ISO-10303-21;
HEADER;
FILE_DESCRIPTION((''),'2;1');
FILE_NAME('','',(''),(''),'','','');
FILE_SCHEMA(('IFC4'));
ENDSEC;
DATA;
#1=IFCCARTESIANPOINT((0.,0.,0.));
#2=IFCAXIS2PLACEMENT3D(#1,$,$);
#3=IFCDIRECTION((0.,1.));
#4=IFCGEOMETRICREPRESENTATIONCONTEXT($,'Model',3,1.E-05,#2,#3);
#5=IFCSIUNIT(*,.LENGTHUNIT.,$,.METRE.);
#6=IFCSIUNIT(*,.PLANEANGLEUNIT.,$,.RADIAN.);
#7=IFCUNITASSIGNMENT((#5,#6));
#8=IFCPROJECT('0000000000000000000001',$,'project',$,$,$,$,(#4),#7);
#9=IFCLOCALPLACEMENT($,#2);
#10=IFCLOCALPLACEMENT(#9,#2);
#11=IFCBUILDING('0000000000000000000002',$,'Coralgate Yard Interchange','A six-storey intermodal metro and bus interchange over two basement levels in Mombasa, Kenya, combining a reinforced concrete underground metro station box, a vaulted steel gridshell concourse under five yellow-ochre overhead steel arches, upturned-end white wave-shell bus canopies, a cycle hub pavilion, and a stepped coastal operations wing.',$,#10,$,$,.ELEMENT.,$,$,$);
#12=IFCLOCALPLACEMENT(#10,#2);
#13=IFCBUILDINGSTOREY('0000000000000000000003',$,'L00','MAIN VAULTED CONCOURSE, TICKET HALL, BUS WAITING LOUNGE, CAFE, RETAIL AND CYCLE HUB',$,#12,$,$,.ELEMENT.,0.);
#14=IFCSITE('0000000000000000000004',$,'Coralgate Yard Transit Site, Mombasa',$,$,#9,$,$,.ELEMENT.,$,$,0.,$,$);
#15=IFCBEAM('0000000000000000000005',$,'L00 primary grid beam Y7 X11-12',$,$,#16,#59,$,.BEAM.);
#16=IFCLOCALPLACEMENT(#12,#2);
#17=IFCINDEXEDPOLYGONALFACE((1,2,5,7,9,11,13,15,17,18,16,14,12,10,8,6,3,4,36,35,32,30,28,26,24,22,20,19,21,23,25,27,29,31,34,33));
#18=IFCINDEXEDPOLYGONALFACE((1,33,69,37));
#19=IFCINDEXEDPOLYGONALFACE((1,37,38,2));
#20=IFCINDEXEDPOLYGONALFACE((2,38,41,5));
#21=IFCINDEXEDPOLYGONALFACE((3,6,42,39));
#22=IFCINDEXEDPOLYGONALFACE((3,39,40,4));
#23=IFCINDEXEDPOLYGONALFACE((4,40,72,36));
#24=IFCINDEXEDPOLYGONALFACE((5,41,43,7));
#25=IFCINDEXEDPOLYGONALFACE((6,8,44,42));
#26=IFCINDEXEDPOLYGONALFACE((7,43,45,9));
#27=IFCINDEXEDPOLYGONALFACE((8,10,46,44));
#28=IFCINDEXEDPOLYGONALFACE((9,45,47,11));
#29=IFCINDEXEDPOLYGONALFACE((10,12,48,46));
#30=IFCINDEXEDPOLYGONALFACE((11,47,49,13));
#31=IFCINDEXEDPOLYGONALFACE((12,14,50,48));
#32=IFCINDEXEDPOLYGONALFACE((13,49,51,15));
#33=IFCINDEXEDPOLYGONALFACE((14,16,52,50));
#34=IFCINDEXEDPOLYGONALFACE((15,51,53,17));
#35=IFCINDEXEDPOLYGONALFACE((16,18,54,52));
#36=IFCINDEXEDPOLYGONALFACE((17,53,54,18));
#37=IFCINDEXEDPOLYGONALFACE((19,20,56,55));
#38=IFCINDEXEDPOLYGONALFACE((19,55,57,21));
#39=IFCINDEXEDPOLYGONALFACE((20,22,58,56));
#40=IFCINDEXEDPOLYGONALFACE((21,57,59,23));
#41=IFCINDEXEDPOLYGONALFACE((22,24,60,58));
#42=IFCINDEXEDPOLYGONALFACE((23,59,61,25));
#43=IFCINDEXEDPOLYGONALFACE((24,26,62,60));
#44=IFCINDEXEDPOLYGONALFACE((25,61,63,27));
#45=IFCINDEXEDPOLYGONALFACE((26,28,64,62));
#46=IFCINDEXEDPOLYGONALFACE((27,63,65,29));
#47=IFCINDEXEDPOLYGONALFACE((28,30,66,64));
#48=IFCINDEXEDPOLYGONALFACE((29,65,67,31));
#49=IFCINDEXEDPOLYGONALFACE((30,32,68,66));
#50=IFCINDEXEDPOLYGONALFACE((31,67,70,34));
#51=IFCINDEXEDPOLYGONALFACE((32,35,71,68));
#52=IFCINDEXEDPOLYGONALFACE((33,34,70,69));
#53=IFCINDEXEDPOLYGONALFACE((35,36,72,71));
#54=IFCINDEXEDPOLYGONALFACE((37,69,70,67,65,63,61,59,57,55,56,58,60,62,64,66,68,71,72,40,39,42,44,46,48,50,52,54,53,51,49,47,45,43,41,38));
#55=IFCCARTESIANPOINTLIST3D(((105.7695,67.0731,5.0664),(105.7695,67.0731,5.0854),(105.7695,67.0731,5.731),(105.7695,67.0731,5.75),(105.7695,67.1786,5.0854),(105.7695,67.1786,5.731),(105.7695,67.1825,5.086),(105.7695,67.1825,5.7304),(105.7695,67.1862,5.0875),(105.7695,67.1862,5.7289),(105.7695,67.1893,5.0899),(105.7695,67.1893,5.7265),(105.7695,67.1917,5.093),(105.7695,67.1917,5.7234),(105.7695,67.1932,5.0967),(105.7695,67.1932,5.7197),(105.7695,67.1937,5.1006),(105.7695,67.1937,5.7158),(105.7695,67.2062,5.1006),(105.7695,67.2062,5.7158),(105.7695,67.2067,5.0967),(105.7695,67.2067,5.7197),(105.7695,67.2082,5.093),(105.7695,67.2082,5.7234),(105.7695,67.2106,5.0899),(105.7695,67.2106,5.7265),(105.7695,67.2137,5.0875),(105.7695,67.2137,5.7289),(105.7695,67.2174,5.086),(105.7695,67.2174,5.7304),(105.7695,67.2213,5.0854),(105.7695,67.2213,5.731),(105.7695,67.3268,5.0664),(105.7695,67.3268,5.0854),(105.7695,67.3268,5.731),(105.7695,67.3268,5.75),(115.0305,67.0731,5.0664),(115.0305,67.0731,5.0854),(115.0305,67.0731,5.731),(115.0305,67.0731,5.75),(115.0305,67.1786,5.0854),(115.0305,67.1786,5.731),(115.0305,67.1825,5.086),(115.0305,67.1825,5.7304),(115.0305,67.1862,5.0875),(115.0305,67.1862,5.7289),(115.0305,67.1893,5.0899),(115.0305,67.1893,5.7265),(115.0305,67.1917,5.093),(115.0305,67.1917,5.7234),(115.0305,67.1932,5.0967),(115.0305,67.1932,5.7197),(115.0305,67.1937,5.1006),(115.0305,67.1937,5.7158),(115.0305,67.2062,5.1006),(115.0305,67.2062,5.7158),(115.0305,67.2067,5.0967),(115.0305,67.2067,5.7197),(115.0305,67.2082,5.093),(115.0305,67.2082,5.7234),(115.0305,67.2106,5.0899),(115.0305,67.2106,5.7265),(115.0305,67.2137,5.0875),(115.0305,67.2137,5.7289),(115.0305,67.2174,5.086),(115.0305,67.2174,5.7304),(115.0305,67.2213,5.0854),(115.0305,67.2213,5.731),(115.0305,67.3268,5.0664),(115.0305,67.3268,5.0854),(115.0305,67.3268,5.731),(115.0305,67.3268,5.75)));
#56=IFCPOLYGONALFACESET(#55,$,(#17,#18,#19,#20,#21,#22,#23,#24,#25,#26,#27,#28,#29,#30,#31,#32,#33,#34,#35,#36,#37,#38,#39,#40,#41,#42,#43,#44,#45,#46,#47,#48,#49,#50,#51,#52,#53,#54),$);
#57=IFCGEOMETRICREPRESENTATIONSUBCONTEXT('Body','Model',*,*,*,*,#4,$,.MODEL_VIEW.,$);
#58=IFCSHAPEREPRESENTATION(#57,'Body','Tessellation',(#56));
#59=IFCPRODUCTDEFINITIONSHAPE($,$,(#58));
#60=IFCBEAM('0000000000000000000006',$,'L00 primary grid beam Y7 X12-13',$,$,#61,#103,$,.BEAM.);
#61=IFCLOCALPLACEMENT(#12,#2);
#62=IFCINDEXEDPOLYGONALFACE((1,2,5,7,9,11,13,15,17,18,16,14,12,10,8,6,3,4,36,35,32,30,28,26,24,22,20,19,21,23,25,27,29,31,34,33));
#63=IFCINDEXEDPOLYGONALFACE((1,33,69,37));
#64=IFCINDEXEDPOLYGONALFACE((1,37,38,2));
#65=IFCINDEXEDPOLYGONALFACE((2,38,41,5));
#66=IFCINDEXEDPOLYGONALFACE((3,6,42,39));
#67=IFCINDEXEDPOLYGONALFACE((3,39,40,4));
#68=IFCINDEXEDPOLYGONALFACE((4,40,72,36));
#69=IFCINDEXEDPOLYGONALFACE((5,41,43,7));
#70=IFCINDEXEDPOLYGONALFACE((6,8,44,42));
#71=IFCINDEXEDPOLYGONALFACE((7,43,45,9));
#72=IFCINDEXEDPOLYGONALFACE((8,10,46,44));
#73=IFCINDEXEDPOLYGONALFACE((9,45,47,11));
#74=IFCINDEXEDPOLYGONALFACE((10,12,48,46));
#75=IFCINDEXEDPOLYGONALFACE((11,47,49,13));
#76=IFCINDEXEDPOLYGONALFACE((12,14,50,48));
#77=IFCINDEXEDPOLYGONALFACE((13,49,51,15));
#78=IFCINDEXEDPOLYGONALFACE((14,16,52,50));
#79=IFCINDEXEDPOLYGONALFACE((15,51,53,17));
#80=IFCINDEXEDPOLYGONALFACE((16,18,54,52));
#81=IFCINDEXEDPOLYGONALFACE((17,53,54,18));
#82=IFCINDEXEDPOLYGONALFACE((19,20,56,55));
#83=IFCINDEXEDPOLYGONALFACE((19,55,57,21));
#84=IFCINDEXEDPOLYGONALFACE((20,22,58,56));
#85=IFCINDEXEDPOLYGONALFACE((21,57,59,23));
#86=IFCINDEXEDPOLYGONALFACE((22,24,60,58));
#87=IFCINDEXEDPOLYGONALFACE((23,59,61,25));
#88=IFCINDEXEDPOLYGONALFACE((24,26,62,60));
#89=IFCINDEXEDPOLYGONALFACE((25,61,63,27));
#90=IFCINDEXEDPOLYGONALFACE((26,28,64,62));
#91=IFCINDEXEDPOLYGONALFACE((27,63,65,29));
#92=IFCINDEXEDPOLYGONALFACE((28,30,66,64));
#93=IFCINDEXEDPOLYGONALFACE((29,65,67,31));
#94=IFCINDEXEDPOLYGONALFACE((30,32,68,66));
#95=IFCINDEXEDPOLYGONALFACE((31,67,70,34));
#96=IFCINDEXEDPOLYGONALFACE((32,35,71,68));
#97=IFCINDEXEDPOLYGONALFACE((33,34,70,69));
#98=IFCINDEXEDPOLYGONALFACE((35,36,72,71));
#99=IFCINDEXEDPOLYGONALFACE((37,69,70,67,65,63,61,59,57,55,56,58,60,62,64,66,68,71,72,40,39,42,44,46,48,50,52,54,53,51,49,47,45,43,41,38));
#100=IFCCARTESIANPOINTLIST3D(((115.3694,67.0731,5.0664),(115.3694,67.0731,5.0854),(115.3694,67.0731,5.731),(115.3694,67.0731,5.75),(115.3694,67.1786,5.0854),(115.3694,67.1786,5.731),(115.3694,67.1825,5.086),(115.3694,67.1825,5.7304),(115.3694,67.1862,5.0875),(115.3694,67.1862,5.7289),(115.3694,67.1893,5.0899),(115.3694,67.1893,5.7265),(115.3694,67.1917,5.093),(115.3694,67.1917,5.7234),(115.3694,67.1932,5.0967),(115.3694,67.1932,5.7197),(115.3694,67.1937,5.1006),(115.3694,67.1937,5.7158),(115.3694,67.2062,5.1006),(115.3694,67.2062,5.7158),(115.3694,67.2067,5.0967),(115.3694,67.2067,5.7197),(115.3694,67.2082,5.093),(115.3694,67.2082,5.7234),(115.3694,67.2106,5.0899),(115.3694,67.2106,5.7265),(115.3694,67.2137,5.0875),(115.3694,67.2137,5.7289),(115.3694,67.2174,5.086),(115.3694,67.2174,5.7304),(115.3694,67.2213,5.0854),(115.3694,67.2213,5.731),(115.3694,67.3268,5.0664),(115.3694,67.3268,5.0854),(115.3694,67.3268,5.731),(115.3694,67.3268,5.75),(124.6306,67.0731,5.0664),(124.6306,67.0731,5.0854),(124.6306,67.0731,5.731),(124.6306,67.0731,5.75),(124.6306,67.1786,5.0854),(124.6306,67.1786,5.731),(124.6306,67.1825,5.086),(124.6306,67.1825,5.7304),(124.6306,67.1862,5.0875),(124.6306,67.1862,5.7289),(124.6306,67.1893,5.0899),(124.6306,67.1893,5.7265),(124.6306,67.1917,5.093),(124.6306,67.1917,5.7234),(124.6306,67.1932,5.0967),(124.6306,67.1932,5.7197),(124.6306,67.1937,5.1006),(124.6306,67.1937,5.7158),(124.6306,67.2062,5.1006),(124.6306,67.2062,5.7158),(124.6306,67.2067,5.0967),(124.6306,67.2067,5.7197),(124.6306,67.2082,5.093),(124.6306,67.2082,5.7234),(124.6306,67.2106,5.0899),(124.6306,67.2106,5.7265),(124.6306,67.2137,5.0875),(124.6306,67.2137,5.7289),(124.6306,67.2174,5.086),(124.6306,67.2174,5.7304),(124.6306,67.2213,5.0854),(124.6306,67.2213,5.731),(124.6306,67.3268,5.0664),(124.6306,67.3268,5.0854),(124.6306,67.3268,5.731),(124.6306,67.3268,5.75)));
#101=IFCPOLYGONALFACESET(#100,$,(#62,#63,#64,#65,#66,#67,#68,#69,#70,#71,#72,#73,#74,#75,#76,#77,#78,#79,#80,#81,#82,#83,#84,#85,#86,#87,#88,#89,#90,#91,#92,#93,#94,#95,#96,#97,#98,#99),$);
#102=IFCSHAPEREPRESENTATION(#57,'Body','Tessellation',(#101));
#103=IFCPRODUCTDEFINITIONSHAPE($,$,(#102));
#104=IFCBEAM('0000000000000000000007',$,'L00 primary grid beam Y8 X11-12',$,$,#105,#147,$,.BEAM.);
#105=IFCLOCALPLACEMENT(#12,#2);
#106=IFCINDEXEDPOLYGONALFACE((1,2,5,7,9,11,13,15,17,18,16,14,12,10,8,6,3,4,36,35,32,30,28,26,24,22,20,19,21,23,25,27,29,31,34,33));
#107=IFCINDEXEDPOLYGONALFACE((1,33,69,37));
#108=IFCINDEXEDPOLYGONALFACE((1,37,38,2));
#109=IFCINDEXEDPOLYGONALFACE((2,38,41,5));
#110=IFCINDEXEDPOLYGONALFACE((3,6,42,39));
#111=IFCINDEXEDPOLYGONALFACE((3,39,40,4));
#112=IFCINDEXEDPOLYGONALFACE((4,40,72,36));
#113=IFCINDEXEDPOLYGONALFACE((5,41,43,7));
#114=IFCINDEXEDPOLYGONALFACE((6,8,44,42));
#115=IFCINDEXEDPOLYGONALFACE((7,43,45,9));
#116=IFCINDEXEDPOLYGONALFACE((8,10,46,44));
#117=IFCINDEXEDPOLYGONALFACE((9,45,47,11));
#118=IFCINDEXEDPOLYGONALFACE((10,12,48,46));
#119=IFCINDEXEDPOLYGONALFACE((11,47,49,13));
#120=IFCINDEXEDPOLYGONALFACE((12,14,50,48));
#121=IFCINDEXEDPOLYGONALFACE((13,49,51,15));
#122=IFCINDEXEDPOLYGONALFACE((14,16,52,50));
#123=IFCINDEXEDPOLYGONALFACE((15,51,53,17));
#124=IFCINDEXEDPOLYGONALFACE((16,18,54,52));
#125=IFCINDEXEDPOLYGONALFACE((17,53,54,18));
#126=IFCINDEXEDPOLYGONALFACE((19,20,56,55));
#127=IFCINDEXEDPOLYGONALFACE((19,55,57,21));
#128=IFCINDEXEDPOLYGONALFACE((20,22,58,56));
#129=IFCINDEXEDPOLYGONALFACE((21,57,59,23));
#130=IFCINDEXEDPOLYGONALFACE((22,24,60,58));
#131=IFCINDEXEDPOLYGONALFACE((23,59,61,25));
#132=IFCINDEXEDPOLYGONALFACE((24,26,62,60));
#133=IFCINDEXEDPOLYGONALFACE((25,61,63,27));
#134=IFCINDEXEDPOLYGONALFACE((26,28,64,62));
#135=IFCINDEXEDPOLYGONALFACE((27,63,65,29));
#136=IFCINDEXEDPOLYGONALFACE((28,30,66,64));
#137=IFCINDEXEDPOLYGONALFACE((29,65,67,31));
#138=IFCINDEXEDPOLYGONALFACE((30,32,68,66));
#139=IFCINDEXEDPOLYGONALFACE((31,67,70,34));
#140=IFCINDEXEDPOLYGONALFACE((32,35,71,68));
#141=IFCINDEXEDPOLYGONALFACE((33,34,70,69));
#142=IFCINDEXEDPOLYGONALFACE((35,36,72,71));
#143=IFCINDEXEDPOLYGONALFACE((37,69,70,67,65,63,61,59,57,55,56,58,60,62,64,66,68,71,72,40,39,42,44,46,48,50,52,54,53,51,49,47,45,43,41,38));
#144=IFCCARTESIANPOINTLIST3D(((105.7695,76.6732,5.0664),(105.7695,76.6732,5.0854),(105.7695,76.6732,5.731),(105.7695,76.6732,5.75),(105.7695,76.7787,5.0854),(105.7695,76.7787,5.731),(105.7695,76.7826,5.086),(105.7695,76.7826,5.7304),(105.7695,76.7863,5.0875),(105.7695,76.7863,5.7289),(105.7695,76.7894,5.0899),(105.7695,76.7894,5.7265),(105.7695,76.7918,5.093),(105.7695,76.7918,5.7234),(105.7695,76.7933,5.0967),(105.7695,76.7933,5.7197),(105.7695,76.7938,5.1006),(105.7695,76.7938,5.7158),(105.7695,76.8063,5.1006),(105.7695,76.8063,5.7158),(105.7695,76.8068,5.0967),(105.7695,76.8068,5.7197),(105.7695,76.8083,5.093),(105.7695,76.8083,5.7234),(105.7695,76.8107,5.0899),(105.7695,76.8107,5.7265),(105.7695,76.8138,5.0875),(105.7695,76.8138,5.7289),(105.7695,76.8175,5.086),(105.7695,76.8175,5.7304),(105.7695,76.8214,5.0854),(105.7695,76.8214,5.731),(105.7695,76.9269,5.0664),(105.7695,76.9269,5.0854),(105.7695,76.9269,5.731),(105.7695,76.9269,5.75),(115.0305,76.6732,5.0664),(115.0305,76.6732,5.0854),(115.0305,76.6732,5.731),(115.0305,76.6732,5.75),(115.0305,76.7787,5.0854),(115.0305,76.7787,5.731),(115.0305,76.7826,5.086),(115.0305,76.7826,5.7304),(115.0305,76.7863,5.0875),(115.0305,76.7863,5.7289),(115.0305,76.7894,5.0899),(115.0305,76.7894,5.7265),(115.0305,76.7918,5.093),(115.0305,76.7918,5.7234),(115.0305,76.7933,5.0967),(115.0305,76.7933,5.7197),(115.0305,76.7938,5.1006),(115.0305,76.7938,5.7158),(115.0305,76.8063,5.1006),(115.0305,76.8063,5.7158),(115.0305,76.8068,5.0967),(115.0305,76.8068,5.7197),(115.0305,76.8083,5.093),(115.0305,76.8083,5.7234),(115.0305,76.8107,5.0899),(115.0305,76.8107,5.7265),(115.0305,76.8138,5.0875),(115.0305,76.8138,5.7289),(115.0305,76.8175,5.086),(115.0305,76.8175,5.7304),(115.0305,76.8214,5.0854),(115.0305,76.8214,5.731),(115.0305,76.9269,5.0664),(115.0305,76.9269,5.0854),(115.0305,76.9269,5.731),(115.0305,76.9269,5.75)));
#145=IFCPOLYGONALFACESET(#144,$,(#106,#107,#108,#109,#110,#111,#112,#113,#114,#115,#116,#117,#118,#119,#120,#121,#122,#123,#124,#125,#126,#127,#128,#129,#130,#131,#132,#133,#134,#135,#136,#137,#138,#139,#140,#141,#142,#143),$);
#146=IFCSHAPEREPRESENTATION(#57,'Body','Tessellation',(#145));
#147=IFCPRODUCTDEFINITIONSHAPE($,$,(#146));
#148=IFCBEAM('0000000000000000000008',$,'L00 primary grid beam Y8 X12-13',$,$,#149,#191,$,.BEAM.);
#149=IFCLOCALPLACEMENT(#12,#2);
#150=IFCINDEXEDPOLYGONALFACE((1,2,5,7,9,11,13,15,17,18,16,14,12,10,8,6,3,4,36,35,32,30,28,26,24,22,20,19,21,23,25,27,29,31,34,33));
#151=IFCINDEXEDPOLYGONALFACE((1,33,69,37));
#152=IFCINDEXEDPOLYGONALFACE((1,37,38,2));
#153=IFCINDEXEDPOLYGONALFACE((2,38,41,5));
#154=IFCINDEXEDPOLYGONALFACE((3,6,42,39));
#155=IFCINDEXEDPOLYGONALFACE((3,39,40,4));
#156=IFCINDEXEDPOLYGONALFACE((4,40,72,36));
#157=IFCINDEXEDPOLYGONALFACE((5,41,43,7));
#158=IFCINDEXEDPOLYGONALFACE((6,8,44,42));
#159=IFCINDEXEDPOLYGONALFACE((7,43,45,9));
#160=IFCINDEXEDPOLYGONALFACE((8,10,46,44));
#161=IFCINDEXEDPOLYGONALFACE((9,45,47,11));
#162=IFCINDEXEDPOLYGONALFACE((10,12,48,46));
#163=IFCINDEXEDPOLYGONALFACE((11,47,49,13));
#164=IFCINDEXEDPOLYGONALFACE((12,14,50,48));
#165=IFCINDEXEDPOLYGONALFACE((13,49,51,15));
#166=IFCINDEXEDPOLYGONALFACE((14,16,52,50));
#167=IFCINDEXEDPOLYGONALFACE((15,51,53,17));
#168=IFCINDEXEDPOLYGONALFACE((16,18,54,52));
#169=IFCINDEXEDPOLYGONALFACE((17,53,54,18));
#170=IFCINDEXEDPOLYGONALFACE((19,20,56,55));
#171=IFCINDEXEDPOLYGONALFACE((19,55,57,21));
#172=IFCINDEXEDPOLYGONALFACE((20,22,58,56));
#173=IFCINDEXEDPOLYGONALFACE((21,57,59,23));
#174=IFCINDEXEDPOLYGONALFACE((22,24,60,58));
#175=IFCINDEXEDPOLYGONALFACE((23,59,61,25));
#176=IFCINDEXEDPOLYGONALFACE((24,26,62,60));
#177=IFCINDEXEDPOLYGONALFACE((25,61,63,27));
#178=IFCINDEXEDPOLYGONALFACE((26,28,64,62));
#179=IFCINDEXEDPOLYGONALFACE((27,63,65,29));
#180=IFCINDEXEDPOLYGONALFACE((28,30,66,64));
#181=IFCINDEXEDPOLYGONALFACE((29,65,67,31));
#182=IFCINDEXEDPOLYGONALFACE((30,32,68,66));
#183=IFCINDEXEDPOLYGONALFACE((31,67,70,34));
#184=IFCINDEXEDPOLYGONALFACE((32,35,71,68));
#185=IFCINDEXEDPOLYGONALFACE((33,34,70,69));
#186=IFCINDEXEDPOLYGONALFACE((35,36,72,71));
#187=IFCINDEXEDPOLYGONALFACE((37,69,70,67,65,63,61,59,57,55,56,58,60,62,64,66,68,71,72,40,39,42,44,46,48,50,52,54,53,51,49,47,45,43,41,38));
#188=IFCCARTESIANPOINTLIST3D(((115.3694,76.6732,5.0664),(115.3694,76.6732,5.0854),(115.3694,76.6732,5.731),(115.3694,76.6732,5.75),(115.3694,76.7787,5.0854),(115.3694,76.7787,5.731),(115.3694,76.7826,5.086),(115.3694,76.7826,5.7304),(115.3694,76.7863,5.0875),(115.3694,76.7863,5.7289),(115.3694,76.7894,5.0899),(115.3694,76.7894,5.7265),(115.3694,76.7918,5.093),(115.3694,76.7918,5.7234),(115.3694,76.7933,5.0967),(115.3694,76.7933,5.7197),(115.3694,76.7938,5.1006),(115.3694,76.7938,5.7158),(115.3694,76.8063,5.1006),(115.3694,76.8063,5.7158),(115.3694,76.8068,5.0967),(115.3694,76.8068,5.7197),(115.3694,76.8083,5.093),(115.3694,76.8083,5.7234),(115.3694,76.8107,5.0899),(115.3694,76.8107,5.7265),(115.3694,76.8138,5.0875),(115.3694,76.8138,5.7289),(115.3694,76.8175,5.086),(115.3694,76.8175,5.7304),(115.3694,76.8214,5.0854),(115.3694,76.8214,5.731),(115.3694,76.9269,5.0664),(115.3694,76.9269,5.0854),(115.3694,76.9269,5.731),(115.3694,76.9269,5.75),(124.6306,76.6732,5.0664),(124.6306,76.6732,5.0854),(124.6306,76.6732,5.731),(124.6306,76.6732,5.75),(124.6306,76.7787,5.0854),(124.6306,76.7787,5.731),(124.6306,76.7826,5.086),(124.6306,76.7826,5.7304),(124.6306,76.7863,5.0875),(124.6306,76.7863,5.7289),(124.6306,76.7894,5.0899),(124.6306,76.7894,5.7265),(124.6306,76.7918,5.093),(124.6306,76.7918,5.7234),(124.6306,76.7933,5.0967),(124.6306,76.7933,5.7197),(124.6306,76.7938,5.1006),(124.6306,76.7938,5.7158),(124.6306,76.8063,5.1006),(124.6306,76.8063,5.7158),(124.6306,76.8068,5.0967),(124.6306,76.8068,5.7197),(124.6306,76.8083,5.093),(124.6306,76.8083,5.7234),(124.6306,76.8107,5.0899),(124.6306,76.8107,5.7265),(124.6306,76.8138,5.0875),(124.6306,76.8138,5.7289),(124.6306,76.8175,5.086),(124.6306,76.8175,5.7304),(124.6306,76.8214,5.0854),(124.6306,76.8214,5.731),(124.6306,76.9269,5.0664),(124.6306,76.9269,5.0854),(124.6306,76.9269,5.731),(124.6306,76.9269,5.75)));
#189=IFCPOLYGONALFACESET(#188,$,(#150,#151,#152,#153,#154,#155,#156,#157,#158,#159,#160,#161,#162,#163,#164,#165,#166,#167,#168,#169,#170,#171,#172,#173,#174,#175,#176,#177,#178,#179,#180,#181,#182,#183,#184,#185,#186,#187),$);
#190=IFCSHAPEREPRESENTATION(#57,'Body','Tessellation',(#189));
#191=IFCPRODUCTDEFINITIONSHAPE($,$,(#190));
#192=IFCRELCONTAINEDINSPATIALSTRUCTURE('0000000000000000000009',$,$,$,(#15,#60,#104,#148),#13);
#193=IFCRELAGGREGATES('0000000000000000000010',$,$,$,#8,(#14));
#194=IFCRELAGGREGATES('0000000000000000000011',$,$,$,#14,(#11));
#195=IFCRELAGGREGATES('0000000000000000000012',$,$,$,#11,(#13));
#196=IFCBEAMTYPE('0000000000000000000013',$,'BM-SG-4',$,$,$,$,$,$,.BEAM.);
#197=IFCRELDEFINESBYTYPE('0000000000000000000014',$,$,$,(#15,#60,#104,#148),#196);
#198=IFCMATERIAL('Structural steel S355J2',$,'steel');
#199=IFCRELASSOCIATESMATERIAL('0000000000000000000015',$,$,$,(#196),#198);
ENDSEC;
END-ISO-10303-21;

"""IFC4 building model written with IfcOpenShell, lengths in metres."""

from ifc_helpers import new_model, si_unit, direction, frame, origin, origin_2d, place, context, subcontext, project, spatial, i_section, extrude, material, material_profile, profile_set, type_object, element, save


model = new_model("IFC4")

# Units and contexts
model_context = context("Model", 3, precision=1e-05, world=origin(), true_north=direction((0.0, 1.0)))
body_context = subcontext(model_context, "Body", "Model", "MODEL_VIEW")
ifc_project = project(units=[si_unit("LENGTHUNIT", "METRE"), si_unit("PLANEANGLEUNIT", "RADIAN")], contexts=[model_context])

# Site, building, storey
site_placement = place(None, origin())
site = spatial("IfcSite", under=ifc_project, at=site_placement, Name="Coralgate Yard Transit Site, Mombasa", CompositionType="ELEMENT", RefElevation=0.0)
building_placement = place(site_placement, origin())
building = spatial("IfcBuilding", under=site, at=building_placement, Name="Coralgate Yard Interchange", Description="A six-storey intermodal metro and bus interchange over two basement levels in Mombasa, Kenya, combining a reinforced concrete underground metro station box, a vaulted steel gridshell concourse under five yellow-ochre overhead steel arches, upturned-end white wave-shell bus canopies, a cycle hub pavilion, and a stepped coastal operations wing.", CompositionType="ELEMENT")
storey_placement = place(building_placement, origin())
storey = spatial("IfcBuildingStorey", under=building, at=storey_placement, Name="L00", Description="MAIN VAULTED CONCOURSE, TICKET HALL, BUS WAITING LOUNGE, CAFE, RETAIL AND CYCLE HUB", CompositionType="ELEMENT", Elevation=0.0)

# Shared definitions
ifc_material_1 = material(Name="Structural steel S355J2", Category="steel")

# Beams
ifc_material_profile_1 = material_profile(ifc_material_1, i_section(OverallWidth=0.2537, OverallDepth=0.6836, WebThickness=0.0125, FlangeThickness=0.019, FilletRadius=0.0151, at=origin_2d()), Name="UB 686x254x140")
ifc_profile_set_1 = profile_set([ifc_material_profile_1], Name="Structural steel S355J2")
beam_type_1 = type_object("IfcBeamType", Name="BM-SG-4", PredefinedType="BEAM", material=ifc_profile_set_1)
beam_1_placement = place(storey_placement, frame((105.7695, 67.2, 5.4082), z_axis=(1.0, 0.0, 0.0), x_axis=(0.0, 1.0, 0.0)))
element("IfcBeam", 1, at=beam_1_placement, inside=storey, type_object=beam_type_1, Name="L00 primary grid beam Y7 X11-12", PredefinedType="BEAM", context=body_context, shape_type="SweptSolid", body=[
    extrude(i_section(OverallWidth=0.2537, OverallDepth=0.6836, WebThickness=0.0125, FlangeThickness=0.019, FilletRadius=0.0151, at=origin_2d()), origin(), (0.0, 0.0, 1.0), 9.261),
])
beam_2_placement = place(storey_placement, frame((115.3694, 67.2, 5.4082), z_axis=(1.0, 0.0, 0.0), x_axis=(0.0, 1.0, 0.0)))
element("IfcBeam", 2, at=beam_2_placement, inside=storey, type_object=beam_type_1, Name="L00 primary grid beam Y7 X12-13", PredefinedType="BEAM", context=body_context, shape_type="SweptSolid", body=[
    extrude(i_section(OverallWidth=0.2537, OverallDepth=0.6836, WebThickness=0.0125, FlangeThickness=0.019, FilletRadius=0.0151, at=origin_2d()), origin(), (0.0, 0.0, 1.0), 9.2612),
])
beam_3_placement = place(storey_placement, frame((105.7695, 76.8, 5.4082), z_axis=(1.0, 0.0, 0.0), x_axis=(0.0, 1.0, 0.0)))
element("IfcBeam", 3, at=beam_3_placement, inside=storey, type_object=beam_type_1, Name="L00 primary grid beam Y8 X11-12", PredefinedType="BEAM", context=body_context, shape_type="SweptSolid", body=[
    extrude(i_section(OverallWidth=0.2537, OverallDepth=0.6836, WebThickness=0.0125, FlangeThickness=0.019, FilletRadius=0.0151, at=origin_2d()), origin(), (0.0, 0.0, 1.0), 9.261),
])
beam_4_placement = place(storey_placement, frame((115.3694, 76.8, 5.4082), z_axis=(1.0, 0.0, 0.0), x_axis=(0.0, 1.0, 0.0)))
element("IfcBeam", 4, at=beam_4_placement, inside=storey, type_object=beam_type_1, Name="L00 primary grid beam Y8 X12-13", PredefinedType="BEAM", context=body_context, shape_type="SweptSolid", body=[
    extrude(i_section(OverallWidth=0.2537, OverallDepth=0.6836, WebThickness=0.0125, FlangeThickness=0.019, FilletRadius=0.0151, at=origin_2d()), origin(), (0.0, 0.0, 1.0), 9.2612),
])

save(model, "model.ifc")
